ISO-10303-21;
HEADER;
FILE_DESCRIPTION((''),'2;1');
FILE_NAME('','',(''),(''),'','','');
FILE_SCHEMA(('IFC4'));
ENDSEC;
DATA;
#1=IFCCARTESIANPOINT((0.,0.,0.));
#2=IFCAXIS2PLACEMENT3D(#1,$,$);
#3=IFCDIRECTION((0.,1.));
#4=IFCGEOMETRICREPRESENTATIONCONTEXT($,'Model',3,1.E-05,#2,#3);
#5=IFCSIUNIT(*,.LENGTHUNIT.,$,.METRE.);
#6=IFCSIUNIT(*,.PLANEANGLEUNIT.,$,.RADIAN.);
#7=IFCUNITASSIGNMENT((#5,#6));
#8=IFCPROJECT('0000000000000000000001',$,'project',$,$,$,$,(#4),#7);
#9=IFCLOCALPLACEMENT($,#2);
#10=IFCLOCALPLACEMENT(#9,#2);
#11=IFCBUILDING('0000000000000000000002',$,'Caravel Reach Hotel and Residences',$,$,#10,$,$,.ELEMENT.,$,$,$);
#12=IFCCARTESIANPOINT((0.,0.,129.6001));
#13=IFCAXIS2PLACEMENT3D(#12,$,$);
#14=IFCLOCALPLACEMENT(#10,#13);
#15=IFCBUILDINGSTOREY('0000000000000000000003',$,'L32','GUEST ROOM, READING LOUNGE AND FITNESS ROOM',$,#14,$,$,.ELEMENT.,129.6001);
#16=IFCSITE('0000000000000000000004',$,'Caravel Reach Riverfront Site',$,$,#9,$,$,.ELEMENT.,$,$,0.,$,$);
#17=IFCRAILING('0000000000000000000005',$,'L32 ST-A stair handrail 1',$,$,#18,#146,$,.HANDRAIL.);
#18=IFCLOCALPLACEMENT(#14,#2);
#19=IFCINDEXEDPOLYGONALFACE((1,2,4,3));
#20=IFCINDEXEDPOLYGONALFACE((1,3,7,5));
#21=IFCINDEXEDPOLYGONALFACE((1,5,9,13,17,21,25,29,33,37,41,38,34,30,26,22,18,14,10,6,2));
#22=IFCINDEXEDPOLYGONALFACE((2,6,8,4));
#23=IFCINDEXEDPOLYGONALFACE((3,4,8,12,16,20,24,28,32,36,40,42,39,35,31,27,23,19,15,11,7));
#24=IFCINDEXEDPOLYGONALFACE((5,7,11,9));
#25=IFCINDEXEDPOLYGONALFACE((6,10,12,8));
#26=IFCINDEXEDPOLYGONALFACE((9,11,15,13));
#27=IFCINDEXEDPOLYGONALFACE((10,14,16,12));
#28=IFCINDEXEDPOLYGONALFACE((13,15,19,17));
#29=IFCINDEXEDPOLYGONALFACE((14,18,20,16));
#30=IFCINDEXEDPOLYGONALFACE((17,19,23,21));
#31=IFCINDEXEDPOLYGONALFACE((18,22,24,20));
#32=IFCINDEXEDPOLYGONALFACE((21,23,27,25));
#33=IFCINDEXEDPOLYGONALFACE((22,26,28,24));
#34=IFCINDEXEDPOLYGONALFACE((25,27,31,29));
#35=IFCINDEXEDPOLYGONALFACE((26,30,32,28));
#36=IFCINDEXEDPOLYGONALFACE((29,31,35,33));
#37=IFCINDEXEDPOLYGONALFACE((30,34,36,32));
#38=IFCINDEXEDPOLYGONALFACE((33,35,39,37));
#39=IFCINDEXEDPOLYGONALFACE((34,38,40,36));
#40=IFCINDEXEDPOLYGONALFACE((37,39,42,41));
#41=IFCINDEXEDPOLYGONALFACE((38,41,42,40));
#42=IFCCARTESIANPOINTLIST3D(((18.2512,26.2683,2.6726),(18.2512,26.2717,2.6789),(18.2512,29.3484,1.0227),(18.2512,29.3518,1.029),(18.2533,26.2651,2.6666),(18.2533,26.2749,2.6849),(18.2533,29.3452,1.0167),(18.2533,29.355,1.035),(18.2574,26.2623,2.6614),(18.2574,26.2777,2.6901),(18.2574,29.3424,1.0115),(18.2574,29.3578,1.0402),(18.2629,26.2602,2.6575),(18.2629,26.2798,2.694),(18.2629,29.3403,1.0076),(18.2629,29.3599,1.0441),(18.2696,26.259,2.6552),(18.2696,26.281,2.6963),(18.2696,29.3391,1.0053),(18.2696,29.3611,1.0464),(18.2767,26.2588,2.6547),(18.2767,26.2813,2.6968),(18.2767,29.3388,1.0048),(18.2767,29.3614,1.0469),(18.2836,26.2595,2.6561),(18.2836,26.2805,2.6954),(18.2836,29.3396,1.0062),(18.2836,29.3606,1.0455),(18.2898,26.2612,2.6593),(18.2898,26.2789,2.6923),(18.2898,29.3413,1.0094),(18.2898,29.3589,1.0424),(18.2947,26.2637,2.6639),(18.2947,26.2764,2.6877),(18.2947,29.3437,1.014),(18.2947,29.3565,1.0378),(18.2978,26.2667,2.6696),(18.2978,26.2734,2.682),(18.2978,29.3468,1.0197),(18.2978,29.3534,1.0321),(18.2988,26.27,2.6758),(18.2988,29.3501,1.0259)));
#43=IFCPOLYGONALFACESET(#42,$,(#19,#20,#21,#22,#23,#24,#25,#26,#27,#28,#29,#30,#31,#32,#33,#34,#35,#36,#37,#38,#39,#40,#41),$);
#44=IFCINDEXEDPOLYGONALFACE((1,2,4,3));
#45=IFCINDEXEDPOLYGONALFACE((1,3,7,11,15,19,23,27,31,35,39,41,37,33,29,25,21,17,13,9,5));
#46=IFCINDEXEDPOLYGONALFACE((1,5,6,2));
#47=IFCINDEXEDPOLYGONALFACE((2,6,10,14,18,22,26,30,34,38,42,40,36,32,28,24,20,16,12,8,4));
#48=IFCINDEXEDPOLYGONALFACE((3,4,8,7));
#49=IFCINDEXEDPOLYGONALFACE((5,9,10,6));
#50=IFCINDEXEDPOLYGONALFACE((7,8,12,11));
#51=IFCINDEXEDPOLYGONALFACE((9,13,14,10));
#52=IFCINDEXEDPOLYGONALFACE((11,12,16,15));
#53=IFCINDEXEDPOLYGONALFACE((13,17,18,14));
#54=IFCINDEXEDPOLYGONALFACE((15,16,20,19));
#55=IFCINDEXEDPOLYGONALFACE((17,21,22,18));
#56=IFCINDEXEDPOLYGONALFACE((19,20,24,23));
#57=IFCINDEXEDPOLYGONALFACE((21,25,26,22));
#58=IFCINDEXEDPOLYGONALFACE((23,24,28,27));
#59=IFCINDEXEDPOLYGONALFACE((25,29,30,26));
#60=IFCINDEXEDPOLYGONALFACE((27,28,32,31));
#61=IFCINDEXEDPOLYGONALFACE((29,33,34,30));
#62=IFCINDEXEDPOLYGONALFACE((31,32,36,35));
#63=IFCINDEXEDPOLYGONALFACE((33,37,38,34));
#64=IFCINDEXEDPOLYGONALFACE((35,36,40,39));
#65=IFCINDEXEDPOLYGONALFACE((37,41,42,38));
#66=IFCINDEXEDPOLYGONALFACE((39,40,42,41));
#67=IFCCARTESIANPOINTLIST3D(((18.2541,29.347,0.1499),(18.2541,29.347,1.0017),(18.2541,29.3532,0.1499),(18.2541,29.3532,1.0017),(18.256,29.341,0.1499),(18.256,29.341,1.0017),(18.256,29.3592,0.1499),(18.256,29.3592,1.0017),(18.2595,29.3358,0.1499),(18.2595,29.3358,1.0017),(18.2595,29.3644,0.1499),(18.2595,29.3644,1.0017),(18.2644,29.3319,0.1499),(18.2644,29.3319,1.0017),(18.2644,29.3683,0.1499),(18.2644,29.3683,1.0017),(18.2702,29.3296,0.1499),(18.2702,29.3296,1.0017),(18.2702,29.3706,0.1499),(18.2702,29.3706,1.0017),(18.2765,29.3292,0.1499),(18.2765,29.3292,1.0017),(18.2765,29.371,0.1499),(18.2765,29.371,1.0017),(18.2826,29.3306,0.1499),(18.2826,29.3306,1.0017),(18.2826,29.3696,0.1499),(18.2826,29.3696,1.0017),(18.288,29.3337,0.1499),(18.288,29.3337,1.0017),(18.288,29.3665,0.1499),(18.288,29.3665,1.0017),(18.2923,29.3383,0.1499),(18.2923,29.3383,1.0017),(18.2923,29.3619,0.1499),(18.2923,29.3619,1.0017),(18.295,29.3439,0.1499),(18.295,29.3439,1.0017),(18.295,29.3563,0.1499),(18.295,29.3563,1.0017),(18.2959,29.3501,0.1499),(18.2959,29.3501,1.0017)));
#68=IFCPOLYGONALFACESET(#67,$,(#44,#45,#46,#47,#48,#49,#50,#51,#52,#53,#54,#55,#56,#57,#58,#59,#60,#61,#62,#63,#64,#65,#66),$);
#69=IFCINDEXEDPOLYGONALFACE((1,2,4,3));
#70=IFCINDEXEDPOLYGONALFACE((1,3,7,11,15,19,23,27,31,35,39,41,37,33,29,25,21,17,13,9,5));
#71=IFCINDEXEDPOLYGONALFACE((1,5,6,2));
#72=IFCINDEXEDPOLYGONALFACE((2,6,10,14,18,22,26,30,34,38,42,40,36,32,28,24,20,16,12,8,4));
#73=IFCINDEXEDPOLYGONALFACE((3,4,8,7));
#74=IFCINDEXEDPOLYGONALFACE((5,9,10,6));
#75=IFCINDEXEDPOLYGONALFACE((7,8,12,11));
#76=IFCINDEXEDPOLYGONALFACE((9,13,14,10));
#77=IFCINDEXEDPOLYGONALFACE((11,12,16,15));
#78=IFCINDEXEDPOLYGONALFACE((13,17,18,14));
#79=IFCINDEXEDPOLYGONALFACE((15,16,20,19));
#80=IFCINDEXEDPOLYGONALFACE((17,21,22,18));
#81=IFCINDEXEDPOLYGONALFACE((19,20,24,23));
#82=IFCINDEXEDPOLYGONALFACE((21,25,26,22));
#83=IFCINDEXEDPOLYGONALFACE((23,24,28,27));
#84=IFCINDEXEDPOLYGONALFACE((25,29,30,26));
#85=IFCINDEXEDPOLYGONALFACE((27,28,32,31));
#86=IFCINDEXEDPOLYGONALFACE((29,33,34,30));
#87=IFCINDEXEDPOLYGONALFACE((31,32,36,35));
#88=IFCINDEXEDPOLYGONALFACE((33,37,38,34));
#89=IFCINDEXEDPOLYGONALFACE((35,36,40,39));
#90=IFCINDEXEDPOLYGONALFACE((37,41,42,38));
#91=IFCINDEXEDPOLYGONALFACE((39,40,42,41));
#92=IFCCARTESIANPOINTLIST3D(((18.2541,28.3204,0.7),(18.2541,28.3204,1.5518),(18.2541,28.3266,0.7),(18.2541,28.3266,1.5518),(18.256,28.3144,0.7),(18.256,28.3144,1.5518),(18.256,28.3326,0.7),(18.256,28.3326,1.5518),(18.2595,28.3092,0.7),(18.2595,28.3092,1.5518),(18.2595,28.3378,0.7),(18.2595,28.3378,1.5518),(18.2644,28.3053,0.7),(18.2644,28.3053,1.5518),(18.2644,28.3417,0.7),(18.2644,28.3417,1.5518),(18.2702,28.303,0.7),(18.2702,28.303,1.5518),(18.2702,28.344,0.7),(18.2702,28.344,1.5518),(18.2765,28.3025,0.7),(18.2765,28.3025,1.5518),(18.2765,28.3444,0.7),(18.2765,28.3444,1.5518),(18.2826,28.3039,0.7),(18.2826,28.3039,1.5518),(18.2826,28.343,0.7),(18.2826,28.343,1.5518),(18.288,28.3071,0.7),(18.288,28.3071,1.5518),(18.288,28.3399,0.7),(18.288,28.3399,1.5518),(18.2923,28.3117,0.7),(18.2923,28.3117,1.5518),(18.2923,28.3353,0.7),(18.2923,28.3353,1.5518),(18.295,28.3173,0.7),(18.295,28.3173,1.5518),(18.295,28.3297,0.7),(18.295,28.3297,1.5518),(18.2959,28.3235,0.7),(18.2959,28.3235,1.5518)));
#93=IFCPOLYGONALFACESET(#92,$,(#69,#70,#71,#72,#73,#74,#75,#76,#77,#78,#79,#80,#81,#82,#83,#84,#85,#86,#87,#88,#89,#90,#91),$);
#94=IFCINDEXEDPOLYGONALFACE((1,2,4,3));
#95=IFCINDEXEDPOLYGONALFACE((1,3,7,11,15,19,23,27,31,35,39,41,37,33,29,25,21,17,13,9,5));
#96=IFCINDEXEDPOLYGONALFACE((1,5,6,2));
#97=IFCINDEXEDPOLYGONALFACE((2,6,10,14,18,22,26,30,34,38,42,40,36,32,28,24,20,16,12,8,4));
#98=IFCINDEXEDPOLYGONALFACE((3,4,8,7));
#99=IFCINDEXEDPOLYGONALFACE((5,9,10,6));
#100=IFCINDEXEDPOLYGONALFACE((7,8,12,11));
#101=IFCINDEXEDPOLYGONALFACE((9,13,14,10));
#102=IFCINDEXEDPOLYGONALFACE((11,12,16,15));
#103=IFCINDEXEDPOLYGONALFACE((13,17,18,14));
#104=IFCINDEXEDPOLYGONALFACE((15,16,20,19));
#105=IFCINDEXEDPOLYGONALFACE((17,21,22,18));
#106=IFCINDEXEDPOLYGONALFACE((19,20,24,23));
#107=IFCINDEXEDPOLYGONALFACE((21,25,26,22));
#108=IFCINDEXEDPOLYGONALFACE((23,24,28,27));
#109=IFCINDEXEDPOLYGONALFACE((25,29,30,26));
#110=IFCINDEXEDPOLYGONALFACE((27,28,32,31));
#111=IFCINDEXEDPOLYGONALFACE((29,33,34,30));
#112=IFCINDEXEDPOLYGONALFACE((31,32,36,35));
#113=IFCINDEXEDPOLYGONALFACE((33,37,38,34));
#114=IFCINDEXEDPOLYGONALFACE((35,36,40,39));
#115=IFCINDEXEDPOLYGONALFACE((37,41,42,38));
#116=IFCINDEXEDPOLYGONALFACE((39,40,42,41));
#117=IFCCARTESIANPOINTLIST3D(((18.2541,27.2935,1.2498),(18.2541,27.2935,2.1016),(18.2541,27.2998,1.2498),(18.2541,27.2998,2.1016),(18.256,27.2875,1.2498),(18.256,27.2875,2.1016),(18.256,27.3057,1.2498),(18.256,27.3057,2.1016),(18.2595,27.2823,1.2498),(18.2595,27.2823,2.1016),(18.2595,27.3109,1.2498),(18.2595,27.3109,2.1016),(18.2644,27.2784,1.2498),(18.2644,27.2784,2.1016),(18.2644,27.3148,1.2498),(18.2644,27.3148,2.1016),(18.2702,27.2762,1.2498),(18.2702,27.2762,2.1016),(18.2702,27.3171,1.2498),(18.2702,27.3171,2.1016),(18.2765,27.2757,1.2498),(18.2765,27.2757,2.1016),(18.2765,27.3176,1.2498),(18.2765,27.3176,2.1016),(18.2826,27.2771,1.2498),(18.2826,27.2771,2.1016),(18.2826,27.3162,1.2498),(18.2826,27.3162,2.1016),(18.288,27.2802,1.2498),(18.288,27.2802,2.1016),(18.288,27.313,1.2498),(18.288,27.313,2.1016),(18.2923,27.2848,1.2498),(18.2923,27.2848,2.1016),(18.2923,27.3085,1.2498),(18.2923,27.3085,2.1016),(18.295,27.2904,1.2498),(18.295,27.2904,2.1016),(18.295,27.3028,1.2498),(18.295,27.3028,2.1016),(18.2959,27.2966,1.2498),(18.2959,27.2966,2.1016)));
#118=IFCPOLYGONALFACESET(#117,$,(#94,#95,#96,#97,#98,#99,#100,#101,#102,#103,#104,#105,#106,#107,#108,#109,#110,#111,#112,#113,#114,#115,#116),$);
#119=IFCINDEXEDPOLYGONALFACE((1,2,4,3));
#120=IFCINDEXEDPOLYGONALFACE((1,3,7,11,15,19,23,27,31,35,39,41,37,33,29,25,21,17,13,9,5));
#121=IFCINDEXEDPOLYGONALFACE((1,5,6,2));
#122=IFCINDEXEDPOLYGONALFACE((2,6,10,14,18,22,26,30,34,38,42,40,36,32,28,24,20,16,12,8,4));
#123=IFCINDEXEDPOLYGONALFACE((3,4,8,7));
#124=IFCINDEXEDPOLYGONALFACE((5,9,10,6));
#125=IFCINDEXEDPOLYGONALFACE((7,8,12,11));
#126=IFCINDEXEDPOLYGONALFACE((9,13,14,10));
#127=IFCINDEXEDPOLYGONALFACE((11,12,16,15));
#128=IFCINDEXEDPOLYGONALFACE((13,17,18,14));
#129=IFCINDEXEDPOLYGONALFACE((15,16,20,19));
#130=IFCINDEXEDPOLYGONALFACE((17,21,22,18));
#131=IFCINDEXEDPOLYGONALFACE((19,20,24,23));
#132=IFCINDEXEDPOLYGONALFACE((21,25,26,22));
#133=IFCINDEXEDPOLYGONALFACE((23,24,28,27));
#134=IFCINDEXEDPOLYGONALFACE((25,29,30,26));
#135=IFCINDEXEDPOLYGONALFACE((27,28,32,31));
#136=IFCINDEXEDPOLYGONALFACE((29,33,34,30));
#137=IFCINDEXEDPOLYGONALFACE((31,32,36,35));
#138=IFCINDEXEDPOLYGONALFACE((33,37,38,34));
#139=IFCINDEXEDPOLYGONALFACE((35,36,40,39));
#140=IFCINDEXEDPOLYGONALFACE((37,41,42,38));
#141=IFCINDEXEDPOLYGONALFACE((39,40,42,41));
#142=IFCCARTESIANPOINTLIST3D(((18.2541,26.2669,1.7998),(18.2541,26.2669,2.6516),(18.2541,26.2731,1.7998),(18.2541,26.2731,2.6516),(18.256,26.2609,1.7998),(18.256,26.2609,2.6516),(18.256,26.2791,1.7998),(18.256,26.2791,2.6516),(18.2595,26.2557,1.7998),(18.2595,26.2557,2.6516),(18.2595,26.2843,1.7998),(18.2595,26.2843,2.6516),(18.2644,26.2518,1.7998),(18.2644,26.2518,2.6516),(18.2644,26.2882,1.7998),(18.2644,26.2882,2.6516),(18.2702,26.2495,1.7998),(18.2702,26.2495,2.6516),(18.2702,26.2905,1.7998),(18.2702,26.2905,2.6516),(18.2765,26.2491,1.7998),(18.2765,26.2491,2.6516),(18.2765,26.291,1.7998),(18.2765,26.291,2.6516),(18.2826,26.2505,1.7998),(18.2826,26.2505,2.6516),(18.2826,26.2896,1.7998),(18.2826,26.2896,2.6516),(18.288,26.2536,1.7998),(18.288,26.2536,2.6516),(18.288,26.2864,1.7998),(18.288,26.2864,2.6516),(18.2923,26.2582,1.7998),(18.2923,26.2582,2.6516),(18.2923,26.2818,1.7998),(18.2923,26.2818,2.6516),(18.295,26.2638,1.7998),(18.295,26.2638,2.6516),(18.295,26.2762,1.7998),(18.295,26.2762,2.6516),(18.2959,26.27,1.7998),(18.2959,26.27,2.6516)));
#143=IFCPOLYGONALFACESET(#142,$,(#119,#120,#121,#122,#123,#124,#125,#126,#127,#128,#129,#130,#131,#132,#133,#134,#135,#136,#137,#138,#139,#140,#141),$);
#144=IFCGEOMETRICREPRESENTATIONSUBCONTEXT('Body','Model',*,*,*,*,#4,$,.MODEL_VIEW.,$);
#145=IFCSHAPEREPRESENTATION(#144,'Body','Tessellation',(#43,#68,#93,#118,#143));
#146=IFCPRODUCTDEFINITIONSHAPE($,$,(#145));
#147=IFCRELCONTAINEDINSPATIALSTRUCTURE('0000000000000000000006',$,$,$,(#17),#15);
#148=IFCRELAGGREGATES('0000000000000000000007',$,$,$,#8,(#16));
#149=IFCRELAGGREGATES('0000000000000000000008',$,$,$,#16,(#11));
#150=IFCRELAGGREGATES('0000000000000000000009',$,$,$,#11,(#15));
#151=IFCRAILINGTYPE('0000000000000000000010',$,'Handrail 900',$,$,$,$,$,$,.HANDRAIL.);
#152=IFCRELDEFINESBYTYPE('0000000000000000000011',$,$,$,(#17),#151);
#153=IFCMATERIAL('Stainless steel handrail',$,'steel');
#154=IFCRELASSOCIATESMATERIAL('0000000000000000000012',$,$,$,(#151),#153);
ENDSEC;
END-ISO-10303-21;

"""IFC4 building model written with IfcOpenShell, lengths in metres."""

from ifc_helpers import new_model, si_unit, direction, frame, origin, origin_2d, place, context, subcontext, project, spatial, circle, extrude, material, type_object, element, save


model = new_model("IFC4")

# Units and contexts
model_context = context("Model", 3, precision=1e-05, world=origin(), true_north=direction((0.0, 1.0)))
body_context = subcontext(model_context, "Body", "Model", "MODEL_VIEW")
ifc_project = project(units=[si_unit("LENGTHUNIT", "METRE"), si_unit("PLANEANGLEUNIT", "RADIAN")], contexts=[model_context])

# Site, building, storey
site_placement = place(None, origin())
site = spatial("IfcSite", under=ifc_project, at=site_placement, Name="Caravel Reach Riverfront Site", CompositionType="ELEMENT", RefElevation=0.0)
building_placement = place(site_placement, origin())
building = spatial("IfcBuilding", under=site, at=building_placement, Name="Caravel Reach Hotel and Residences", CompositionType="ELEMENT")
storey_placement = place(building_placement, frame((0.0, 0.0, 129.6001)))
storey = spatial("IfcBuildingStorey", under=building, at=storey_placement, Name="L32", Description="GUEST ROOM, READING LOUNGE AND FITNESS ROOM", CompositionType="ELEMENT", Elevation=129.6001)

# Railing
ifc_material_1 = material(Name="Stainless steel handrail", Category="steel")
railing_type_1 = type_object("IfcRailingType", Name="Handrail 900", PredefinedType="HANDRAIL", material=ifc_material_1)
railing_1_placement = place(storey_placement, frame((18.2749, 29.3501, 0.1499)))
element("IfcRailing", 1, at=railing_1_placement, inside=storey, type_object=railing_type_1, Name="L32 ST-A stair handrail 1", PredefinedType="HANDRAIL", context=body_context, shape_type="SweptSolid", body=[
    extrude(circle(Radius=0.0239, at=origin_2d()), frame((0.0, 0.0, 0.876), z_axis=(0.0, -0.881497, 0.47219), x_axis=(1.0, 0.0, 0.0)), (0.0, 0.0, 1.0), 3.4941),
    extrude(circle(Radius=0.021, at=origin_2d()), origin(), (0.0, 0.0, 1.0), 0.8518),
    extrude(circle(Radius=0.021, at=origin_2d()), frame((0.0, -1.0266, 0.55)), (0.0, 0.0, 1.0), 0.8518),
    extrude(circle(Radius=0.021, at=origin_2d()), frame((0.0, -2.0535, 1.0999)), (0.0, 0.0, 1.0), 0.8518),
    extrude(circle(Radius=0.021, at=origin_2d()), frame((0.0, -3.0801, 1.6499)), (0.0, 0.0, 1.0), 0.8518),
])

save(model, "model.ifc")
